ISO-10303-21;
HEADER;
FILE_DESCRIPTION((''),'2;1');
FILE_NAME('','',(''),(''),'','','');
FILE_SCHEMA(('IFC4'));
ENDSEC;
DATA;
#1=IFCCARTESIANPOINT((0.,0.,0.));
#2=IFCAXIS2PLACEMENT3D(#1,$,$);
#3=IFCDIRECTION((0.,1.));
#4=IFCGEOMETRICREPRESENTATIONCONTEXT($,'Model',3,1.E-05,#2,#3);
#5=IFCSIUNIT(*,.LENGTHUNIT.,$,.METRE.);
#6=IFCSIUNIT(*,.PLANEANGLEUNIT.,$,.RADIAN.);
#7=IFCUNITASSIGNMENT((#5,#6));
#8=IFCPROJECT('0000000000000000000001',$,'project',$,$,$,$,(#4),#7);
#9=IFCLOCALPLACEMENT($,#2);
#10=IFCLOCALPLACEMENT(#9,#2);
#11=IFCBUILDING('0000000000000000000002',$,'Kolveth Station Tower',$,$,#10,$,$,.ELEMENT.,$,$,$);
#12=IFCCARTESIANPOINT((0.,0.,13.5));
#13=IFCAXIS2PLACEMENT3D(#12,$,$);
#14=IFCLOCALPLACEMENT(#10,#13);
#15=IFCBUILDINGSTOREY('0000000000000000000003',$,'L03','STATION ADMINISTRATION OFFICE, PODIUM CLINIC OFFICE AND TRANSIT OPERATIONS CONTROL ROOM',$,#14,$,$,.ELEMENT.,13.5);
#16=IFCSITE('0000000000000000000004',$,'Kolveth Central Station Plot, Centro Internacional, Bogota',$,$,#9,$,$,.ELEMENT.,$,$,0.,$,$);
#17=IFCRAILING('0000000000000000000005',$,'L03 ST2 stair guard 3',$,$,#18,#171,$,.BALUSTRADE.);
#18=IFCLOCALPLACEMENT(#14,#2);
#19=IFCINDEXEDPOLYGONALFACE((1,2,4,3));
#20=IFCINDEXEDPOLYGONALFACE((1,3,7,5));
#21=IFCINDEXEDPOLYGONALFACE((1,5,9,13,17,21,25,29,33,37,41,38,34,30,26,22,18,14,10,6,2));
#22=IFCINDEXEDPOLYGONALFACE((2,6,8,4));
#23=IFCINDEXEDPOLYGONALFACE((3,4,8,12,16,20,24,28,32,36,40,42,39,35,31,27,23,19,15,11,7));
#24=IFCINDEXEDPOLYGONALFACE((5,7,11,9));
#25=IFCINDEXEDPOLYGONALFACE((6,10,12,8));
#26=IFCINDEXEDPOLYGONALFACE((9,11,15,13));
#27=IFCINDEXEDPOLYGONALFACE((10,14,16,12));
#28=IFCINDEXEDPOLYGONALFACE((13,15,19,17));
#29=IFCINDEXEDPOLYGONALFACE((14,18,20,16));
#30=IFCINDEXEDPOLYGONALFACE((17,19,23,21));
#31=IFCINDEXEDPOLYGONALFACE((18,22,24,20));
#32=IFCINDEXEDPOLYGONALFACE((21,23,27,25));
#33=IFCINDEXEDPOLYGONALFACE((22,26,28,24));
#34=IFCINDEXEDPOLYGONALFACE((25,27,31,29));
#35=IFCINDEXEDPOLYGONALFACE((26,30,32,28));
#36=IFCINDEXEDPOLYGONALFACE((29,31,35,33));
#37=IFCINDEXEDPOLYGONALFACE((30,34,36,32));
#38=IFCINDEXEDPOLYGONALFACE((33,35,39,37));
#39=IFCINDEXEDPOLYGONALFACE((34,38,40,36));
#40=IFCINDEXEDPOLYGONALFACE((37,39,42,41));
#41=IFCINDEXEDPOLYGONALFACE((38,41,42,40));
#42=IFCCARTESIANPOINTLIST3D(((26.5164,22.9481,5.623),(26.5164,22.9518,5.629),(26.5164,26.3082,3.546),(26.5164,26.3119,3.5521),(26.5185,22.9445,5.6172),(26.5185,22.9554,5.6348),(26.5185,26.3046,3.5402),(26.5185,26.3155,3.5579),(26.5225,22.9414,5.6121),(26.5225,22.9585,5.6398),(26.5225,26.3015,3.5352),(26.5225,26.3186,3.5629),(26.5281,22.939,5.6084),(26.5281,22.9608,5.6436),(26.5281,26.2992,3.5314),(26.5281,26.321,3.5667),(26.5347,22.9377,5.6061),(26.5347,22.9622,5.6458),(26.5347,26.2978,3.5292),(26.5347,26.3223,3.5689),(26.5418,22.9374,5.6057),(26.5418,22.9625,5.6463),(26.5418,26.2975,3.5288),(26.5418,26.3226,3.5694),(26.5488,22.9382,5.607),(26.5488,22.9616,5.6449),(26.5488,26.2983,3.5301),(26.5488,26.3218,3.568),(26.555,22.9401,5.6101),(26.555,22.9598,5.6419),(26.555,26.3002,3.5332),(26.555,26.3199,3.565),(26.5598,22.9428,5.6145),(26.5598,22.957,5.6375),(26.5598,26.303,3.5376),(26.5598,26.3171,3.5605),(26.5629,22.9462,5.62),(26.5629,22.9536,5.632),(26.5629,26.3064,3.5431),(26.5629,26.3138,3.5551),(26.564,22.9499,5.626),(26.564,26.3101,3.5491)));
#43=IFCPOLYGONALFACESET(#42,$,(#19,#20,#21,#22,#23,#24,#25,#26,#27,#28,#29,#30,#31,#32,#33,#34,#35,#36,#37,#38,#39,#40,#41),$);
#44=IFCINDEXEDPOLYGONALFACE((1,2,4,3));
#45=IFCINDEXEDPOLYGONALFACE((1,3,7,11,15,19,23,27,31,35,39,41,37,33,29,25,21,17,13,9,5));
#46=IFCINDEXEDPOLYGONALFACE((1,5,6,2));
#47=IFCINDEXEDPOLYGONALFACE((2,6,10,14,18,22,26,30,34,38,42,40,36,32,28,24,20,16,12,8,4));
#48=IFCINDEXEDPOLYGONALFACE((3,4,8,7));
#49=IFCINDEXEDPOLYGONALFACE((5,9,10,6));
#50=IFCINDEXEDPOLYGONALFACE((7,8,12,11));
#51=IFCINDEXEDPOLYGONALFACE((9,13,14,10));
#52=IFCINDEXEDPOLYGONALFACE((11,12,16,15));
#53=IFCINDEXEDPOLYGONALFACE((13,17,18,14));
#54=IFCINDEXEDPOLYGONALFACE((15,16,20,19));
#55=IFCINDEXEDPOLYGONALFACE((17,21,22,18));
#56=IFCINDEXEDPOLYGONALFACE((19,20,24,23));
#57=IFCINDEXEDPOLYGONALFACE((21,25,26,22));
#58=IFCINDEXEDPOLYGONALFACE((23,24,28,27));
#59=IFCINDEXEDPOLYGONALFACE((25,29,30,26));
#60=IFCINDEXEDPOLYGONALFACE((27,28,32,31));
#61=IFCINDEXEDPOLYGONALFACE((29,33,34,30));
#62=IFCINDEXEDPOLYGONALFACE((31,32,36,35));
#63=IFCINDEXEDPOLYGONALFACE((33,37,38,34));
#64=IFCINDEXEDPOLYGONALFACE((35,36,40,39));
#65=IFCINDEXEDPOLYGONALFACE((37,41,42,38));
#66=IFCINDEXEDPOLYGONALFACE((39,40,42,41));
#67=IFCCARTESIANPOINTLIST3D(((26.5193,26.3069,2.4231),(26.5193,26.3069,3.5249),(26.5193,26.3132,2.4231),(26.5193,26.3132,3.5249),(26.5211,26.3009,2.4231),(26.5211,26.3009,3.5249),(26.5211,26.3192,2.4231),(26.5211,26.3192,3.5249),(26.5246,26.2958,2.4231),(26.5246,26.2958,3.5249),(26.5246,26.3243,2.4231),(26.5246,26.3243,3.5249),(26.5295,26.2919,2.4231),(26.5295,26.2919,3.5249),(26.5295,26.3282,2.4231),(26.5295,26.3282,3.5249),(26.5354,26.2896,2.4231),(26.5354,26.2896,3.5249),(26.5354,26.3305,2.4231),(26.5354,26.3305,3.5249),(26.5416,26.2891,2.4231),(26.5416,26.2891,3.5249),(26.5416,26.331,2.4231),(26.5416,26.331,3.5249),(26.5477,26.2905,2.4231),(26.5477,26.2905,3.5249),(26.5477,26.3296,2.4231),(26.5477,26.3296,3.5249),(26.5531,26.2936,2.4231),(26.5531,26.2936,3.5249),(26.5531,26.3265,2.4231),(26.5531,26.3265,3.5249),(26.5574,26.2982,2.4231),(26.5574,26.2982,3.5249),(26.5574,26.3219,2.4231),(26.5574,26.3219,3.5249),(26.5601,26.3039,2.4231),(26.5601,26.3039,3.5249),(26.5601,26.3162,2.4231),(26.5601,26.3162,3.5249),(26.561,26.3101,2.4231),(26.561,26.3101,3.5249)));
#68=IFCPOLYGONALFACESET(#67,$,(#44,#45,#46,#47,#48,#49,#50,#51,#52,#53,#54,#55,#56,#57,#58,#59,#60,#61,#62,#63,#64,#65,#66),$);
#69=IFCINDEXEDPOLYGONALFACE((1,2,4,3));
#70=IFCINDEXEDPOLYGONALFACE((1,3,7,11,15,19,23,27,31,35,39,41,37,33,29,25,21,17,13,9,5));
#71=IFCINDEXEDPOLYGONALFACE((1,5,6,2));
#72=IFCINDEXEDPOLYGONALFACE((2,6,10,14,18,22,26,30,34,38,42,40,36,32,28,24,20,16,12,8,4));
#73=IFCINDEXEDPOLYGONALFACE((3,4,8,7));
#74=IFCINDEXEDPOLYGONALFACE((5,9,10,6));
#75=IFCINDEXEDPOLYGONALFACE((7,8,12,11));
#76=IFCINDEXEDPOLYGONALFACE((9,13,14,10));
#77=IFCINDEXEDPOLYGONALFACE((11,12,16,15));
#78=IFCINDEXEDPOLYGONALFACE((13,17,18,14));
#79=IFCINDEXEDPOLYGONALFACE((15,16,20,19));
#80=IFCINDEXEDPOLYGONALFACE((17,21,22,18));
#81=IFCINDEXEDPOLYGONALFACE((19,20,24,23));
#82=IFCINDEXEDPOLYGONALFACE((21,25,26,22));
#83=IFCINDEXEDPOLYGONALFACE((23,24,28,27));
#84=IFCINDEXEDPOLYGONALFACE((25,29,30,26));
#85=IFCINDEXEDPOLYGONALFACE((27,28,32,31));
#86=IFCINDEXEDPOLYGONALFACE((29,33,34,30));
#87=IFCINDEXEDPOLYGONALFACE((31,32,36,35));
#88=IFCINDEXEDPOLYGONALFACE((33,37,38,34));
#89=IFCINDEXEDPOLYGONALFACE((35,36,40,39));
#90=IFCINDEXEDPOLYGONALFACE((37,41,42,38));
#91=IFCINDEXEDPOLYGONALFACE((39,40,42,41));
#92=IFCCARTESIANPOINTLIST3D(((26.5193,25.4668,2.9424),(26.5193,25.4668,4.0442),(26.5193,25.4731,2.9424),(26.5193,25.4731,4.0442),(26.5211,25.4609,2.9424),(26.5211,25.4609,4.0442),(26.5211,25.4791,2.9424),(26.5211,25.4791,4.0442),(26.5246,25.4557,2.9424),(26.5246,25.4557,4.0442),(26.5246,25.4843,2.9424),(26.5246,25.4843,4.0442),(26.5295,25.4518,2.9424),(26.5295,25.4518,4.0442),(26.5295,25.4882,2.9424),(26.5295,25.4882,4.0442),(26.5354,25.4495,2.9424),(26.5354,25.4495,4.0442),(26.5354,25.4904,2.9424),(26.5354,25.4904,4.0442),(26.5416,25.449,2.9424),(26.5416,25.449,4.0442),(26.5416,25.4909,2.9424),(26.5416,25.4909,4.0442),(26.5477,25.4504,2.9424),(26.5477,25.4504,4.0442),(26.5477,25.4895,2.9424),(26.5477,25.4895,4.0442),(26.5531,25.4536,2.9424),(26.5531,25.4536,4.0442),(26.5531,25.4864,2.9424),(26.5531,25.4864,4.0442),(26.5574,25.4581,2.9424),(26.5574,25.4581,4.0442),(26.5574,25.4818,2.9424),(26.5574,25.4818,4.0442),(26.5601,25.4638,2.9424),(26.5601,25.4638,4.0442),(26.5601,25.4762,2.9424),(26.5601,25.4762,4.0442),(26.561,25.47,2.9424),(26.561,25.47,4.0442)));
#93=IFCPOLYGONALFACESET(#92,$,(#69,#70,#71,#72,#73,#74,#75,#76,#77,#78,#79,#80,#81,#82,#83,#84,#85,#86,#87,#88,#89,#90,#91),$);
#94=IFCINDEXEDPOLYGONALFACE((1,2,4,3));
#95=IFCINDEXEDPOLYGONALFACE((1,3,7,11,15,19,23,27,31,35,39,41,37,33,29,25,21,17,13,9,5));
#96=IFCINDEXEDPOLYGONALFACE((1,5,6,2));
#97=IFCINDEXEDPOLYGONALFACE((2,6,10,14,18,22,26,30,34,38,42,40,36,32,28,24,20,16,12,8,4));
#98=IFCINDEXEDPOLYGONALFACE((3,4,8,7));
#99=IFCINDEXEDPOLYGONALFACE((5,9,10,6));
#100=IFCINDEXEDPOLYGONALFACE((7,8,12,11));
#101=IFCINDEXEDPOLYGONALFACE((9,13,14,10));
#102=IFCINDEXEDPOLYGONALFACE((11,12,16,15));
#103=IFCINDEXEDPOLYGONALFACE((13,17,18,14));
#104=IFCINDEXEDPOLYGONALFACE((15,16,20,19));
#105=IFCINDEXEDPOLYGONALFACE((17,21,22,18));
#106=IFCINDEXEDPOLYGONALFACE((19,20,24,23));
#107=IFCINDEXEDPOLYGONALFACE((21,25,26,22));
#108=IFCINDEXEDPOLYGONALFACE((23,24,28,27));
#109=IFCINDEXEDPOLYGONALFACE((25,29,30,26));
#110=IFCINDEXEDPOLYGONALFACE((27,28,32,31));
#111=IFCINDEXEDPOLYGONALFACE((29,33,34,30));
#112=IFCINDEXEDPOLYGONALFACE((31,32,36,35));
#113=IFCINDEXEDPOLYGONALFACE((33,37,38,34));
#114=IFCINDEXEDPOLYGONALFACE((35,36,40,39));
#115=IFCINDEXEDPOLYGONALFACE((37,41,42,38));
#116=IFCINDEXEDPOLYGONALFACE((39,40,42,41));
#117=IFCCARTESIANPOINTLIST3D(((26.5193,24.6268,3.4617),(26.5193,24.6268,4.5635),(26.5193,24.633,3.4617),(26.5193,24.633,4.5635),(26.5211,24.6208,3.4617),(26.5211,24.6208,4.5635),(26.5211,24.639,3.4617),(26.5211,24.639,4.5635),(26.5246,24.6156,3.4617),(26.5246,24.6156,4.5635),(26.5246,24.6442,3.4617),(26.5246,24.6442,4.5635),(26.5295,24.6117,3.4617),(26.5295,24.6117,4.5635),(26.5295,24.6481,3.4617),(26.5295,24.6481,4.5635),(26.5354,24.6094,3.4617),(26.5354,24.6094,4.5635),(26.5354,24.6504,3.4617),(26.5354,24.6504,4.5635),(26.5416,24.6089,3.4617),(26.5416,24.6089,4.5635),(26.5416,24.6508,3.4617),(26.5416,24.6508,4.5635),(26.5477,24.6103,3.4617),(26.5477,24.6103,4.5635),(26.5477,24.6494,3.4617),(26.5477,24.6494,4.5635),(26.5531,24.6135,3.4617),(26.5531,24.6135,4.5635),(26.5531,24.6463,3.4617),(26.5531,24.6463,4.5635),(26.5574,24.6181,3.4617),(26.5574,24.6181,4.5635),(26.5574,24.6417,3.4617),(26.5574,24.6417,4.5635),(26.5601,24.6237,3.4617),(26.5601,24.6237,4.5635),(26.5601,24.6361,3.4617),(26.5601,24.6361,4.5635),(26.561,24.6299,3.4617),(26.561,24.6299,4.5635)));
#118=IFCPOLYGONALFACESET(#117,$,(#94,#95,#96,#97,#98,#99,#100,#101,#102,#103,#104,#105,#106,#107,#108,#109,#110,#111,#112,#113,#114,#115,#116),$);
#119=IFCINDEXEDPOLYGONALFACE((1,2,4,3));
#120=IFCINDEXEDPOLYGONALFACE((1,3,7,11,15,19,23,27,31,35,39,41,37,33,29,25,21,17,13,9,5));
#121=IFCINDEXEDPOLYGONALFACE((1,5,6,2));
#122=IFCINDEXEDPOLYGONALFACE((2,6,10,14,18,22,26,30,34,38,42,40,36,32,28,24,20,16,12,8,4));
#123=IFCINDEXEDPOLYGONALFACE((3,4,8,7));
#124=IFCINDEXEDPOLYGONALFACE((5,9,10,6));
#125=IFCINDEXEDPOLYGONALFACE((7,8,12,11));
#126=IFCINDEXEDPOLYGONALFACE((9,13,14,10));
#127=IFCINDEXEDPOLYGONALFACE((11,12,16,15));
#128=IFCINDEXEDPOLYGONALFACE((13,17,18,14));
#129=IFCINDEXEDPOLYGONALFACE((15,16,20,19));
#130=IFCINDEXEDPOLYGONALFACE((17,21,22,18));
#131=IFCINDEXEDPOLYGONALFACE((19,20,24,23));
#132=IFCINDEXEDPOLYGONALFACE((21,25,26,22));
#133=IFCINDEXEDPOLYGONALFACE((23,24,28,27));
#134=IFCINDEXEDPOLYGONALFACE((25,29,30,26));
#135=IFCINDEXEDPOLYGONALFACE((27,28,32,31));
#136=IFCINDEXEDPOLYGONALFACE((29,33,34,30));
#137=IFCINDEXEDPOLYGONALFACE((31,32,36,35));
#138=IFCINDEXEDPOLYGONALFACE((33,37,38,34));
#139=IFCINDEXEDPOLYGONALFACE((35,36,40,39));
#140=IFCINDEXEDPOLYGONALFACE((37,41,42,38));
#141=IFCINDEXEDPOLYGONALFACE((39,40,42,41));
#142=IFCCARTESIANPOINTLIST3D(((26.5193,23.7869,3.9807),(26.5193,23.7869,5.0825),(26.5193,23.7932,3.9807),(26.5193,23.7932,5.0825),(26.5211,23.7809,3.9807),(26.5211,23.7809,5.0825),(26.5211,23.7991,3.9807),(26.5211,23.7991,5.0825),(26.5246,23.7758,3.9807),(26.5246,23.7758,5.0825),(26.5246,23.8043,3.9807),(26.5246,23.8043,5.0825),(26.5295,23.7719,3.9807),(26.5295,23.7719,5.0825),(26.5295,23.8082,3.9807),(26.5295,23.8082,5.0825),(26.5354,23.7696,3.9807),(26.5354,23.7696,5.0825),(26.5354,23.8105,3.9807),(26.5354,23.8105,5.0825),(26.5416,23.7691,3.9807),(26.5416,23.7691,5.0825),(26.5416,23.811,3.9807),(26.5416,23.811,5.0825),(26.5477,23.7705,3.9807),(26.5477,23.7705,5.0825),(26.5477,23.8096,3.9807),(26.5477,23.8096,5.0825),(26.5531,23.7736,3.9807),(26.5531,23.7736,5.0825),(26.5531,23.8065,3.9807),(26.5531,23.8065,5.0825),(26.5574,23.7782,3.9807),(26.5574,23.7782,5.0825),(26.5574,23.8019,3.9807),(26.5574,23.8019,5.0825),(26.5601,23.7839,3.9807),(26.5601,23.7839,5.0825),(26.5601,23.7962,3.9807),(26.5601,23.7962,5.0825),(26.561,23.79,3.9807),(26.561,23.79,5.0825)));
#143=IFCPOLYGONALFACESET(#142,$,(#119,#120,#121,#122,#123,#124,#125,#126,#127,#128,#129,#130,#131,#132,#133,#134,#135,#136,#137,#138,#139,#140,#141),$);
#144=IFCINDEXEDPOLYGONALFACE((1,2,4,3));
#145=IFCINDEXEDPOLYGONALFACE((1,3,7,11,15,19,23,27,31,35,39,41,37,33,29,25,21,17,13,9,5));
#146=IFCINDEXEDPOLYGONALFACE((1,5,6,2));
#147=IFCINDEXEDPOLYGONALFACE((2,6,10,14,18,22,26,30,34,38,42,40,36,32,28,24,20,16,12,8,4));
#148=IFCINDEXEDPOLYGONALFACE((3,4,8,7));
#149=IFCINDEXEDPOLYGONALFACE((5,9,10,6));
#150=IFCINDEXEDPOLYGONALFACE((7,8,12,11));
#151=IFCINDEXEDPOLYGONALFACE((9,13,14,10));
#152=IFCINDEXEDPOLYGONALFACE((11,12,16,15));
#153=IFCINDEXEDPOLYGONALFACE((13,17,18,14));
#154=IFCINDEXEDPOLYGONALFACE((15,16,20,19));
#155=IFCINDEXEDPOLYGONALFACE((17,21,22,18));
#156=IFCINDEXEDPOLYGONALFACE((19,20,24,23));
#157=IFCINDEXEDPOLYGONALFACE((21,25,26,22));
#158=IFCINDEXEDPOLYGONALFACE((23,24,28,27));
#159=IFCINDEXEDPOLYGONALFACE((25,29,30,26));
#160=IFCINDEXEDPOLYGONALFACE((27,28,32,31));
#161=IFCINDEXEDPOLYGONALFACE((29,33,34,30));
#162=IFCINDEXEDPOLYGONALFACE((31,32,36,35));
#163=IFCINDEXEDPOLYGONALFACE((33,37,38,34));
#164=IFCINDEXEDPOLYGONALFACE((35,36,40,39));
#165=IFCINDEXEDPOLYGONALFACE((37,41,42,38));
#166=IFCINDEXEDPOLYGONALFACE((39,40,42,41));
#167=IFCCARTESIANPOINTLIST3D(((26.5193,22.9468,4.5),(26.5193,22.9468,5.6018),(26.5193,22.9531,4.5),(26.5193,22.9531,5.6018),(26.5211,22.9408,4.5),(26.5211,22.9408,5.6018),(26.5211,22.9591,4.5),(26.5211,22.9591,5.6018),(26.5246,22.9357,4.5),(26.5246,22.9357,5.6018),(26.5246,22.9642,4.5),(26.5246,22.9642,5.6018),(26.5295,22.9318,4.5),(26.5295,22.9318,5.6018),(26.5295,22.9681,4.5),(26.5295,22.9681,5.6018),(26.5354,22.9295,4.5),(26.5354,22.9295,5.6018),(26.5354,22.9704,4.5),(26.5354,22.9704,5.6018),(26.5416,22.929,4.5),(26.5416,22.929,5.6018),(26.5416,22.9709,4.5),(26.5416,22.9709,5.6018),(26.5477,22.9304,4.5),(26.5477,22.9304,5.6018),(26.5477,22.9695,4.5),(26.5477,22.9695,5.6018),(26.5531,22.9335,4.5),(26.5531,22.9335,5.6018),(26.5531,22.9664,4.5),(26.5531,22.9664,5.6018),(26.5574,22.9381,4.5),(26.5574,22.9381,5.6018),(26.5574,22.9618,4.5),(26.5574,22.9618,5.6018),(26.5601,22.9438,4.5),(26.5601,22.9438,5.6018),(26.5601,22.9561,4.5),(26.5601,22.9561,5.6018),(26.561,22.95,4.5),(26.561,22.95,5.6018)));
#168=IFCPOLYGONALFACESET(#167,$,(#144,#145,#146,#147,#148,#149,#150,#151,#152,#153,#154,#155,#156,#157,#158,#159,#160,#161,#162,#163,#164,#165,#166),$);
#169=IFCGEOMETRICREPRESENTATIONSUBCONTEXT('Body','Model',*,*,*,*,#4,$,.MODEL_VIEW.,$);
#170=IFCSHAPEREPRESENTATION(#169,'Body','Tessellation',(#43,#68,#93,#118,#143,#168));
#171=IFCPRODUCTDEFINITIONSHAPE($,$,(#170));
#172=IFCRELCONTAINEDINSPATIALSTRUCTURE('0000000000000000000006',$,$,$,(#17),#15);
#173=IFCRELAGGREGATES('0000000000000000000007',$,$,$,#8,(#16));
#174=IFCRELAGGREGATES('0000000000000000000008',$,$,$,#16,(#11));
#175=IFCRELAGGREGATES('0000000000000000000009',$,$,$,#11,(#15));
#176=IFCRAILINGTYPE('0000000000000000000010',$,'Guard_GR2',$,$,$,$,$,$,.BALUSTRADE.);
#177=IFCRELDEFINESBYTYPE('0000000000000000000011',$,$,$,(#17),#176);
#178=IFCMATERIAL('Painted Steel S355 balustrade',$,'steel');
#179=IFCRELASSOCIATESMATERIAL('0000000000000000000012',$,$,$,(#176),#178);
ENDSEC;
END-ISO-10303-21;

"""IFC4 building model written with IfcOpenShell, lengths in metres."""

from ifc_helpers import new_model, si_unit, direction, frame, origin, origin_2d, place, context, subcontext, project, spatial, circle, extrude, material, type_object, element, save


model = new_model("IFC4")

# Units and contexts
model_context = context("Model", 3, precision=1e-05, world=origin(), true_north=direction((0.0, 1.0)))
body_context = subcontext(model_context, "Body", "Model", "MODEL_VIEW")
ifc_project = project(units=[si_unit("LENGTHUNIT", "METRE"), si_unit("PLANEANGLEUNIT", "RADIAN")], contexts=[model_context])

# Site, building, storey
site_placement = place(None, origin())
site = spatial("IfcSite", under=ifc_project, at=site_placement, Name="Kolveth Central Station Plot, Centro Internacional, Bogota", CompositionType="ELEMENT", RefElevation=0.0)
building_placement = place(site_placement, origin())
building = spatial("IfcBuilding", under=site, at=building_placement, Name="Kolveth Station Tower", CompositionType="ELEMENT")
storey_placement = place(building_placement, frame((0.0, 0.0, 13.5)))
storey = spatial("IfcBuildingStorey", under=building, at=storey_placement, Name="L03", Description="STATION ADMINISTRATION OFFICE, PODIUM CLINIC OFFICE AND TRANSIT OPERATIONS CONTROL ROOM", CompositionType="ELEMENT", Elevation=13.5)

# Railing
ifc_material_1 = material(Name="Painted Steel S355 balustrade", Category="steel")
railing_type_1 = type_object("IfcRailingType", Name="Guard_GR2", PredefinedType="BALUSTRADE", material=ifc_material_1)
railing_1_placement = place(storey_placement, frame((26.54, 26.3101, 2.4231)))
element("IfcRailing", 1, at=railing_1_placement, inside=storey, type_object=railing_type_1, Name="L03 ST2 stair guard 3", PredefinedType="BALUSTRADE", context=body_context, shape_type="SweptSolid", body=[
    extrude(circle(Radius=0.0239, at=origin_2d()), frame((0.0, 0.0, 1.126), z_axis=(0.0, -0.850623, 0.525776), x_axis=(1.0, 0.0, 0.0)), (0.0, 0.0, 1.0), 3.9502),
    extrude(circle(Radius=0.021, at=origin_2d()), origin(), (0.0, 0.0, 1.0), 1.1018),
    extrude(circle(Radius=0.021, at=origin_2d()), frame((0.0, -0.8401, 0.5193)), (0.0, 0.0, 1.0), 1.1018),
    extrude(circle(Radius=0.021, at=origin_2d()), frame((0.0, -1.6802, 1.0386)), (0.0, 0.0, 1.0), 1.1018),
    extrude(circle(Radius=0.021, at=origin_2d()), frame((0.0, -2.52, 1.5576)), (0.0, 0.0, 1.0), 1.1018),
    extrude(circle(Radius=0.021, at=origin_2d()), frame((0.0, -3.3601, 2.0769)), (0.0, 0.0, 1.0), 1.1018),
])

save(model, "model.ifc")
